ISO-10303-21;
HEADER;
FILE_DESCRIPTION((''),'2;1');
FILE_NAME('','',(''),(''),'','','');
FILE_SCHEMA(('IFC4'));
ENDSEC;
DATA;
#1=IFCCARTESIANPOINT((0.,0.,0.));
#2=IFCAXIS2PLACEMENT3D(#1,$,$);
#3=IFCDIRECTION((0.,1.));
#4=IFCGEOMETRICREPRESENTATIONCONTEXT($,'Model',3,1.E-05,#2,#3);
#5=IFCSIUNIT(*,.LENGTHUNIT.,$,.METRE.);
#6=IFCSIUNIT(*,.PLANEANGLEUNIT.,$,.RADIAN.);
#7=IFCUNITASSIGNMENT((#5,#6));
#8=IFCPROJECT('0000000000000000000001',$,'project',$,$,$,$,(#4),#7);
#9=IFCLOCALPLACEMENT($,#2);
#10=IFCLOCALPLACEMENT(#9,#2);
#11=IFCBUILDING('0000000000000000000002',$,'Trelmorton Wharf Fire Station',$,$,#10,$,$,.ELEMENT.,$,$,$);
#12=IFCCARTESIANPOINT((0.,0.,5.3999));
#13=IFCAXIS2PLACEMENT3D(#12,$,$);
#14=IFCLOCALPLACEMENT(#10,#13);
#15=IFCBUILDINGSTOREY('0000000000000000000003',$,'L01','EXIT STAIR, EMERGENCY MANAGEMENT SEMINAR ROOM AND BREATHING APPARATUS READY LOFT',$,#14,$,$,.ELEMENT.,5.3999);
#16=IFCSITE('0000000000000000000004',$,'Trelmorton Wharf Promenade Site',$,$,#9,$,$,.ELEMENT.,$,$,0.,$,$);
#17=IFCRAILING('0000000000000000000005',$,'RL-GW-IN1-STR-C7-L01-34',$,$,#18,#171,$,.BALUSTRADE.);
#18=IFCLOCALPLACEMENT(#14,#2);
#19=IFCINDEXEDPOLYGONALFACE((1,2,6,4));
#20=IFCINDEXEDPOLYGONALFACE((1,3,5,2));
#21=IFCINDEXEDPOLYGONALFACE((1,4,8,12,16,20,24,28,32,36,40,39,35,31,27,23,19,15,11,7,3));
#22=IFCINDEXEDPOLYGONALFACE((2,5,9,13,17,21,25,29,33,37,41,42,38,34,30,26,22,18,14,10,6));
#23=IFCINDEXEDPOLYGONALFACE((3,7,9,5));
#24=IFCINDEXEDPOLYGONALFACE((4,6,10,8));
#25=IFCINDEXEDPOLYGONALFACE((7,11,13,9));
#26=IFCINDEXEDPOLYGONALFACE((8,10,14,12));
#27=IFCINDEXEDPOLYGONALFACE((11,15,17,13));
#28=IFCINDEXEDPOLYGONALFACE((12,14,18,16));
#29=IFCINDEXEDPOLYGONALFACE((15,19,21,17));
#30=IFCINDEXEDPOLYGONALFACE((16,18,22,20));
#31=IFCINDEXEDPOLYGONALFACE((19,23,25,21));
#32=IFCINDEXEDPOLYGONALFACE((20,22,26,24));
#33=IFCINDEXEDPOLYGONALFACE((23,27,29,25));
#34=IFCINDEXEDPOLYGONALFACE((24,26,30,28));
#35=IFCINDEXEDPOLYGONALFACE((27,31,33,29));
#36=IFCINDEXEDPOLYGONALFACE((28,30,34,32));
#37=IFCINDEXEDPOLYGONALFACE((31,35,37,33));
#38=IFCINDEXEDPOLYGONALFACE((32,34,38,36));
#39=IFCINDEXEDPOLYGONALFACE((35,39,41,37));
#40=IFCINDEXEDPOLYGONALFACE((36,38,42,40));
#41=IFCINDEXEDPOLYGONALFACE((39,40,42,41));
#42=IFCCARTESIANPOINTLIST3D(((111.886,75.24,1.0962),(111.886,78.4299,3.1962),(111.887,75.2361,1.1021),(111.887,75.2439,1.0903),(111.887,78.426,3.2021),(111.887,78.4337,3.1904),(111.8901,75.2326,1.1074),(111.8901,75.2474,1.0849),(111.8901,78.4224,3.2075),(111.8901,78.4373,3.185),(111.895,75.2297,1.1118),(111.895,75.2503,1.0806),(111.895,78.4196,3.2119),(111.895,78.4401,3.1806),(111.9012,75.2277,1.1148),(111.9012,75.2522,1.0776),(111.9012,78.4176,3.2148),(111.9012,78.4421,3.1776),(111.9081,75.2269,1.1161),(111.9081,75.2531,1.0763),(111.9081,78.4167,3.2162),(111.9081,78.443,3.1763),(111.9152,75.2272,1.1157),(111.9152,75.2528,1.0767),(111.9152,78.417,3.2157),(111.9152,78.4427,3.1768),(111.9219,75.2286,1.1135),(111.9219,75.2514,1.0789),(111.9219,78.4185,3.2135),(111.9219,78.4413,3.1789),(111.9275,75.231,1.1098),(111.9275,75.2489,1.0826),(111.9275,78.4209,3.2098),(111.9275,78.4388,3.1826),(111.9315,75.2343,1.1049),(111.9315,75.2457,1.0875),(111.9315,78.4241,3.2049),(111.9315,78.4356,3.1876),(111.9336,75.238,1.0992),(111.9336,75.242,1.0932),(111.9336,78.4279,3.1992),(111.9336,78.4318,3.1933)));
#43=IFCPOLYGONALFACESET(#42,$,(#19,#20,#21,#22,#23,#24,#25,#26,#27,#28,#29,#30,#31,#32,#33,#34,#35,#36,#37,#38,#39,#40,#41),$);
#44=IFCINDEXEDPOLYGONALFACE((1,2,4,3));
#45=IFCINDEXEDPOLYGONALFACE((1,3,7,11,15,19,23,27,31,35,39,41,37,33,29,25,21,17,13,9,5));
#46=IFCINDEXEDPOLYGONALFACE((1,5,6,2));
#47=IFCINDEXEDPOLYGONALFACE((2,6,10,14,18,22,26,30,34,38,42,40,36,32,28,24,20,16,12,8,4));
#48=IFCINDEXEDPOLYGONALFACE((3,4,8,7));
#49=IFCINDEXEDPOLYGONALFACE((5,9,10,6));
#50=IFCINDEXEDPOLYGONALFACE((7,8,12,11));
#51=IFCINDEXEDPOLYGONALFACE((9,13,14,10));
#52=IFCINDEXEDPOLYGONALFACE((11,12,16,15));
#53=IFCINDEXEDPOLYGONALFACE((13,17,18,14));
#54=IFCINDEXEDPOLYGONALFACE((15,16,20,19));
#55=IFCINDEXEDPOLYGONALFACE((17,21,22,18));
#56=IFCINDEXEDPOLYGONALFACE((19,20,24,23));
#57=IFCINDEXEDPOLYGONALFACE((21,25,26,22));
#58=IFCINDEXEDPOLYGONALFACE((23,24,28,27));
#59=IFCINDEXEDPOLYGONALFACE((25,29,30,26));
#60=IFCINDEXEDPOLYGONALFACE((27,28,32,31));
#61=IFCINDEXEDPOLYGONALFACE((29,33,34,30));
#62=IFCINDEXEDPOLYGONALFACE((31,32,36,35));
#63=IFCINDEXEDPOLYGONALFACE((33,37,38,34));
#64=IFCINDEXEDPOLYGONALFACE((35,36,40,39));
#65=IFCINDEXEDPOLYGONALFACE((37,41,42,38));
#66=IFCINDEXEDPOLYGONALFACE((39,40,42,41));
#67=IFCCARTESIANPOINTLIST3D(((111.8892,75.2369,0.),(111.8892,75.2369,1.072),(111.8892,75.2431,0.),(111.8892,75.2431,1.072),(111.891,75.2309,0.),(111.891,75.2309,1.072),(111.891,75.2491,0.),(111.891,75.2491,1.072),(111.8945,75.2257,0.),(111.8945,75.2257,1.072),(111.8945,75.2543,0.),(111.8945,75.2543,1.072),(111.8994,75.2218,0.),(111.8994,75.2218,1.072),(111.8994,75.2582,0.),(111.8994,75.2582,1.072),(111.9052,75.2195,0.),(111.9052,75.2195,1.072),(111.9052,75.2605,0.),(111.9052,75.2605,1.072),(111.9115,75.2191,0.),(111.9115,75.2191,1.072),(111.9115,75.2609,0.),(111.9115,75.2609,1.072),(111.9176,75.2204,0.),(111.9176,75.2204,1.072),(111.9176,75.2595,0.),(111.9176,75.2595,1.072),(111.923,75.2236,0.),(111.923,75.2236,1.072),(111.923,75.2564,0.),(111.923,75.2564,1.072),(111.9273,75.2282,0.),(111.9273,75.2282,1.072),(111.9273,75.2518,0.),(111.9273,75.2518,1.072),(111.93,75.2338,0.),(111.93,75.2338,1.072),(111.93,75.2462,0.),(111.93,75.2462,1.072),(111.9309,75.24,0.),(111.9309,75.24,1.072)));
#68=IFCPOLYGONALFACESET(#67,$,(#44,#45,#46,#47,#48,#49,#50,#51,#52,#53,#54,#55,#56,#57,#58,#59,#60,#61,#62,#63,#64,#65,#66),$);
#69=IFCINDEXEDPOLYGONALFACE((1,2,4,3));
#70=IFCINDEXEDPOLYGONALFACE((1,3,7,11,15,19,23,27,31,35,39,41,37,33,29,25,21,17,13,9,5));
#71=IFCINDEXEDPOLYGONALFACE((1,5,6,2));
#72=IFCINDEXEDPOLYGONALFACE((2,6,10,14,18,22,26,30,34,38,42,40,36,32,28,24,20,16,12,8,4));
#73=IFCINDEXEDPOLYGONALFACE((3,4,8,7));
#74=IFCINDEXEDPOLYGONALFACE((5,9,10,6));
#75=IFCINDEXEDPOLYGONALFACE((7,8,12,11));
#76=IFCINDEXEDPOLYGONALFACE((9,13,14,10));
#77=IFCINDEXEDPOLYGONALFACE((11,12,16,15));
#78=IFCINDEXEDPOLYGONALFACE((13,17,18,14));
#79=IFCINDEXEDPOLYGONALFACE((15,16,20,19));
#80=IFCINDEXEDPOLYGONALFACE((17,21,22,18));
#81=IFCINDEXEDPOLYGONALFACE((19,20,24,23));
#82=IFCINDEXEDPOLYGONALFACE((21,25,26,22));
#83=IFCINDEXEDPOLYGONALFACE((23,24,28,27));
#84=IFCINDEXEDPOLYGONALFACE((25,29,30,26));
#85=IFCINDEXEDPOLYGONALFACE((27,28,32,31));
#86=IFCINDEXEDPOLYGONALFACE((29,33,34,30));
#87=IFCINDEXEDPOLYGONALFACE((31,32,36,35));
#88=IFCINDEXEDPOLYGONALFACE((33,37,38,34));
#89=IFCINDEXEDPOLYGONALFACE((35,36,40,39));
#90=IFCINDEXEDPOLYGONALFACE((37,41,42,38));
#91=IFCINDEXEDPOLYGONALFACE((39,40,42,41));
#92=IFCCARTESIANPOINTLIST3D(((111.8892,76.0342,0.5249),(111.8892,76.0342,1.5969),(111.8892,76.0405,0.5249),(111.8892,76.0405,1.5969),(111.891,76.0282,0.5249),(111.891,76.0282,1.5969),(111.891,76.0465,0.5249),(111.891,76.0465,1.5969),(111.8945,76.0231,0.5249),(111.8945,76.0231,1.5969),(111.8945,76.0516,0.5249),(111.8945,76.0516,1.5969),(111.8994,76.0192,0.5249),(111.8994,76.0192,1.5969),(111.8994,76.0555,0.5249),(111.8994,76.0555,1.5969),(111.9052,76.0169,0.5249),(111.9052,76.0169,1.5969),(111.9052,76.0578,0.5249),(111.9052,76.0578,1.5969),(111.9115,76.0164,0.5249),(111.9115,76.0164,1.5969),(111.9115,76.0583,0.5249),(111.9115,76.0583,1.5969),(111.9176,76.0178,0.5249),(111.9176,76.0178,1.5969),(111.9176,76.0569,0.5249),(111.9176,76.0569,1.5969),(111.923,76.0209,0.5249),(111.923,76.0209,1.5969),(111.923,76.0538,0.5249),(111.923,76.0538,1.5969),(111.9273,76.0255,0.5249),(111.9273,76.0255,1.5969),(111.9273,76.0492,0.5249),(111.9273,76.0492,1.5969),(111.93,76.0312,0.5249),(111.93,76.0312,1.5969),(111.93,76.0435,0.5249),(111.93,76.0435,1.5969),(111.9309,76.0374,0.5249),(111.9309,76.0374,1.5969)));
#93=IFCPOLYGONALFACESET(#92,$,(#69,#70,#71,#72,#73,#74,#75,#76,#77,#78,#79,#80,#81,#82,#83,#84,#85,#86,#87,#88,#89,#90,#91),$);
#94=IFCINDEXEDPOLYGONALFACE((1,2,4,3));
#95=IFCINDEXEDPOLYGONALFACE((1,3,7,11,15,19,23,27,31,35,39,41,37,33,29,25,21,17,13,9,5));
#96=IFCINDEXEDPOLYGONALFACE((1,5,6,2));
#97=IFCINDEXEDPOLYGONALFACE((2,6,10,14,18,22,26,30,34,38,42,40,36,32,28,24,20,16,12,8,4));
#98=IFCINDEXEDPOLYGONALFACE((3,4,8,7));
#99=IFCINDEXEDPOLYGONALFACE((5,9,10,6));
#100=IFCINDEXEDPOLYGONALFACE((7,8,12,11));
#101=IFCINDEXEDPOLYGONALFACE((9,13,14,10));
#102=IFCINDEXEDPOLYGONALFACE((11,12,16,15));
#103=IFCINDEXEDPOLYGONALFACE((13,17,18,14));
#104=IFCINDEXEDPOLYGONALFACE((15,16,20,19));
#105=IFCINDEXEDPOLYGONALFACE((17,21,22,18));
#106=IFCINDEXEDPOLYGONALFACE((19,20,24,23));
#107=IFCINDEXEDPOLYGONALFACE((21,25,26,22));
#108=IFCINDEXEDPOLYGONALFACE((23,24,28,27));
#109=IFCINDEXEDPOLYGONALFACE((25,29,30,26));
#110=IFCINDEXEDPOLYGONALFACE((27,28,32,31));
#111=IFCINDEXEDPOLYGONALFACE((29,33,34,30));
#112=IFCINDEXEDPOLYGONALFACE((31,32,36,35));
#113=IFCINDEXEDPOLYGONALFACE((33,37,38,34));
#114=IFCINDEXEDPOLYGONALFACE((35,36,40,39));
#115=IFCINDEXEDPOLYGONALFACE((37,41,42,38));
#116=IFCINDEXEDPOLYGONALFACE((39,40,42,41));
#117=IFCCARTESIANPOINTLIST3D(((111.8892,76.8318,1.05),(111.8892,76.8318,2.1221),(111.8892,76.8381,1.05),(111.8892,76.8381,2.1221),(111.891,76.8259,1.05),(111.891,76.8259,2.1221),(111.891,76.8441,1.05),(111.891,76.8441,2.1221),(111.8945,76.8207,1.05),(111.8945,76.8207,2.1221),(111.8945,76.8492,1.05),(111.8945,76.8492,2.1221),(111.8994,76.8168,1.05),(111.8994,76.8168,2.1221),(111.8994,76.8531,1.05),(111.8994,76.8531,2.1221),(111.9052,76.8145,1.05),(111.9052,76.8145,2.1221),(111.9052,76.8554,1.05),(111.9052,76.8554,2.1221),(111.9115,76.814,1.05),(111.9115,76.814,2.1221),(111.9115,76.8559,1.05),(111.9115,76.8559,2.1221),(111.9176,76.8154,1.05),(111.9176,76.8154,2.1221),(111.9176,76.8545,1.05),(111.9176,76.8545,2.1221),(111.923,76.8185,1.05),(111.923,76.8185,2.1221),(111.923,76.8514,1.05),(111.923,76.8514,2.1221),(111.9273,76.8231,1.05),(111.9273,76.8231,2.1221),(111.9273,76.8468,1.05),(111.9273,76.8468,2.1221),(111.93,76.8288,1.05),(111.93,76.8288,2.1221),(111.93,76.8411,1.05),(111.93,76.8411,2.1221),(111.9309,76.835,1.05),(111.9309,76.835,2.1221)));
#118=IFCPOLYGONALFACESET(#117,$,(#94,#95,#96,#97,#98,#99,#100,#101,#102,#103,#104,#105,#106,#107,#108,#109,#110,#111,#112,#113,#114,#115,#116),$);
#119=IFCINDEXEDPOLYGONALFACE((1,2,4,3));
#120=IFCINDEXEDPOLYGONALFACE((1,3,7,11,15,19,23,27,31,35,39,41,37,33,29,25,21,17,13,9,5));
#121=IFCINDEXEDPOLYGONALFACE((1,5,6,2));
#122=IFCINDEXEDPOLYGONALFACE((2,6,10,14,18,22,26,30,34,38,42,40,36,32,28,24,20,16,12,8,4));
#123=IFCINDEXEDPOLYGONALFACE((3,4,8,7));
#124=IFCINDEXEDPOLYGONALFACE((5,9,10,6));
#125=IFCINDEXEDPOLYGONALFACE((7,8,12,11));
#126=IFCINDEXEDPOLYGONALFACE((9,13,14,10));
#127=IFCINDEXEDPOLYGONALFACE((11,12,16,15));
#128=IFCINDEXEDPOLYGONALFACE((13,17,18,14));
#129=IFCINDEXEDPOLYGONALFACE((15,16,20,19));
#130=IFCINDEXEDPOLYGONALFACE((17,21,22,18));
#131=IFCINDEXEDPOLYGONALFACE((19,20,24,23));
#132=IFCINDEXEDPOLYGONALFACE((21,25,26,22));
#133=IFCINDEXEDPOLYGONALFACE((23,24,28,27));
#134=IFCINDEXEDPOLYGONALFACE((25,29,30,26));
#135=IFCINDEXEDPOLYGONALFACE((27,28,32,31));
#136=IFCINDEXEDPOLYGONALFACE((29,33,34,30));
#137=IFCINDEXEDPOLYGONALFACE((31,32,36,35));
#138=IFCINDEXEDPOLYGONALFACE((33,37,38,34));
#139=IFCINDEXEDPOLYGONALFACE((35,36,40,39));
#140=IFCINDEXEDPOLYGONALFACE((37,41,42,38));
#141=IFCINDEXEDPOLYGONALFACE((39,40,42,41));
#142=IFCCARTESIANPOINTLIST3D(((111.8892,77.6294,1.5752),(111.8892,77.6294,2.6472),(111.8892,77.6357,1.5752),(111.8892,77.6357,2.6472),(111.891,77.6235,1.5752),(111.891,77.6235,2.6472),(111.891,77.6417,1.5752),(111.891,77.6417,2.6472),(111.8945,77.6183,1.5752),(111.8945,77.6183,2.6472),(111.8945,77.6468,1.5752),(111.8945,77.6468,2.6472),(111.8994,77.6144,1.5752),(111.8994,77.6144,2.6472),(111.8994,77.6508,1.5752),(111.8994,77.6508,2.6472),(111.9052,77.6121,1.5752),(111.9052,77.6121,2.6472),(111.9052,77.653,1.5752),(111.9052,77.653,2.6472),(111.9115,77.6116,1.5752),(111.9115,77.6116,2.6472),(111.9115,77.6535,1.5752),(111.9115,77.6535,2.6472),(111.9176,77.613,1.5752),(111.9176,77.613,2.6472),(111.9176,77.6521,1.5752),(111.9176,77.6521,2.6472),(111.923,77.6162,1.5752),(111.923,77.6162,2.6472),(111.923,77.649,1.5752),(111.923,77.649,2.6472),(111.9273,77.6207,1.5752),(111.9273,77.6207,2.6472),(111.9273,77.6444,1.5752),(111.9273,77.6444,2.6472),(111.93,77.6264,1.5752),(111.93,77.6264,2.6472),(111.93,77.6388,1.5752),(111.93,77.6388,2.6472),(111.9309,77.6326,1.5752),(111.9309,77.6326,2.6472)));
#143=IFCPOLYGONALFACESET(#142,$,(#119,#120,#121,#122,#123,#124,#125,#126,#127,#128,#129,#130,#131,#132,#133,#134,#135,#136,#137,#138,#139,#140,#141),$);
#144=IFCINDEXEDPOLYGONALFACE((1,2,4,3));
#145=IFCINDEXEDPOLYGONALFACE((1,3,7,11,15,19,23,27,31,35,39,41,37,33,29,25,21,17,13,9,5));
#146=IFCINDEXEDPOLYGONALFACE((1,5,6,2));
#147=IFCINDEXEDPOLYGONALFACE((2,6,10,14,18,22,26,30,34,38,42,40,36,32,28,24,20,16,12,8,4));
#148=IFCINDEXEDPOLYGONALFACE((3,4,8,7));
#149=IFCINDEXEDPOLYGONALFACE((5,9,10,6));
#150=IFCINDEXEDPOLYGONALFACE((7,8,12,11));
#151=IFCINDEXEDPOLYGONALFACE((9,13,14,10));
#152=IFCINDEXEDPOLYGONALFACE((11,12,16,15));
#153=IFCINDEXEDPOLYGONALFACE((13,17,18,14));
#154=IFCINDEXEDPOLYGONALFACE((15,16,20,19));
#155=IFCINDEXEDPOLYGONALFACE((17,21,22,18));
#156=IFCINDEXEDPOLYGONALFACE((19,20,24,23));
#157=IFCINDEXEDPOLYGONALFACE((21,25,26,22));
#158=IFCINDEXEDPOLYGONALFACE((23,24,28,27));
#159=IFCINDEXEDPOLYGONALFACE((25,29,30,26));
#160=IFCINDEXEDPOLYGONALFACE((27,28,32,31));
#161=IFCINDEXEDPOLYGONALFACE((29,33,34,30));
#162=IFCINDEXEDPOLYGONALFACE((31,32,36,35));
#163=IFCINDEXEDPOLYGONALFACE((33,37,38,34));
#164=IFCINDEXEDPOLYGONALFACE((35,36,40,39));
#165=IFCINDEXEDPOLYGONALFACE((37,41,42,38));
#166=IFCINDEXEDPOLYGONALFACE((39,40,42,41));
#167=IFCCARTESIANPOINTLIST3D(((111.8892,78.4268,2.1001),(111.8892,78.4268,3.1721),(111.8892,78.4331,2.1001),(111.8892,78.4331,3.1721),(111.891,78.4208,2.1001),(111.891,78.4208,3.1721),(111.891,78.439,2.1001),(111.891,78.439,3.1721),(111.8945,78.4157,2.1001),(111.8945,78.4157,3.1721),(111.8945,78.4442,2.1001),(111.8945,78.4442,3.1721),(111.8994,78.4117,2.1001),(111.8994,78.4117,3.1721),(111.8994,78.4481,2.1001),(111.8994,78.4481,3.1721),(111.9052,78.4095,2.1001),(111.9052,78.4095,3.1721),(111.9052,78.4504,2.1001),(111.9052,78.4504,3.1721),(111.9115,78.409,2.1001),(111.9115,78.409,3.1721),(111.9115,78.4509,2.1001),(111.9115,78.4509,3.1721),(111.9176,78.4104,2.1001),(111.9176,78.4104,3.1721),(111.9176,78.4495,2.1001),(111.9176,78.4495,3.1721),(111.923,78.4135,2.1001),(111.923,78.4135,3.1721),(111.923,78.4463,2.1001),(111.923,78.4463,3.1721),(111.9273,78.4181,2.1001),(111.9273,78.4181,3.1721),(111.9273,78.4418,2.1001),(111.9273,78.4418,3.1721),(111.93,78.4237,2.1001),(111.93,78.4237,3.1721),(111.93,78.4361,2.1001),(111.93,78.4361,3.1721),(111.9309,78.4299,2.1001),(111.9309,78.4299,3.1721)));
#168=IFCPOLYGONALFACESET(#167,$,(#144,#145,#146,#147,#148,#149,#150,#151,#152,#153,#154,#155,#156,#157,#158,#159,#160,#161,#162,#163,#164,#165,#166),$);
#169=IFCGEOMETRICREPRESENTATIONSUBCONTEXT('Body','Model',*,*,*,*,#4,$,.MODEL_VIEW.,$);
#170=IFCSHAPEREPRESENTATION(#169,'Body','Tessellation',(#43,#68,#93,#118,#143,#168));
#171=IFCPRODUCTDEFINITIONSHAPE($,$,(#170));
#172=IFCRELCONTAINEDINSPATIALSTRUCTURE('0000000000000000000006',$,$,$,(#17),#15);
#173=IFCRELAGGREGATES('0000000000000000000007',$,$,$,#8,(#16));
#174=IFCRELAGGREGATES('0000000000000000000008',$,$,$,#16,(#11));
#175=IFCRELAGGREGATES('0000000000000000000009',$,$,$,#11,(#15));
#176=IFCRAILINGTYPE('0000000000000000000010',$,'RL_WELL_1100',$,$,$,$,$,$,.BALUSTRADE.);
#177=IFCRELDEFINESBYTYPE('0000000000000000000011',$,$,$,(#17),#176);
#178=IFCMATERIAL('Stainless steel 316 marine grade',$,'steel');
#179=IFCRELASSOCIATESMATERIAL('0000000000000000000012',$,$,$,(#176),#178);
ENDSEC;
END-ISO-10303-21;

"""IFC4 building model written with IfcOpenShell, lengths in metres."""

from ifc_helpers import new_model, si_unit, direction, frame, origin, origin_2d, place, context, subcontext, project, spatial, circle, extrude, material, type_object, element, save


model = new_model("IFC4")

# Units and contexts
model_context = context("Model", 3, precision=1e-05, world=origin(), true_north=direction((0.0, 1.0)))
body_context = subcontext(model_context, "Body", "Model", "MODEL_VIEW")
ifc_project = project(units=[si_unit("LENGTHUNIT", "METRE"), si_unit("PLANEANGLEUNIT", "RADIAN")], contexts=[model_context])

# Site, building, storey
site_placement = place(None, origin())
site = spatial("IfcSite", under=ifc_project, at=site_placement, Name="Trelmorton Wharf Promenade Site", CompositionType="ELEMENT", RefElevation=0.0)
building_placement = place(site_placement, origin())
building = spatial("IfcBuilding", under=site, at=building_placement, Name="Trelmorton Wharf Fire Station", CompositionType="ELEMENT")
storey_placement = place(building_placement, frame((0.0, 0.0, 5.3999)))
storey = spatial("IfcBuildingStorey", under=building, at=storey_placement, Name="L01", Description="EXIT STAIR, EMERGENCY MANAGEMENT SEMINAR ROOM AND BREATHING APPARATUS READY LOFT", CompositionType="ELEMENT", Elevation=5.3999)

# Shared definitions
ifc_material_1 = material(Name="Stainless steel 316 marine grade", Category="steel")

# Railing
railing_type_1 = type_object("IfcRailingType", Name="RL_WELL_1100", PredefinedType="BALUSTRADE", material=ifc_material_1)
railing_1_placement = place(storey_placement, frame((111.9099, 75.24, 0.0)))
element("IfcRailing", 1, at=railing_1_placement, inside=storey, type_object=railing_type_1, Name="RL-GW-IN1-STR-C7-L01-34", PredefinedType="BALUSTRADE", context=body_context, shape_type="SweptSolid", body=[
    extrude(circle(Radius=0.0239, at=origin_2d()), frame((0.0, 0.0, 1.0962), z_axis=(0.0, 0.835242, 0.549882), x_axis=(-1.0, 0.0, 0.0)), (0.0, 0.0, 1.0), 3.8191),
    extrude(circle(Radius=0.021, at=origin_2d()), origin(), (0.0, 0.0, 1.0), 1.072),
    extrude(circle(Radius=0.021, at=origin_2d()), frame((0.0, 0.7974, 0.5249)), (0.0, 0.0, 1.0), 1.072),
    extrude(circle(Radius=0.021, at=origin_2d()), frame((0.0, 1.595, 1.05)), (0.0, 0.0, 1.0), 1.072),
    extrude(circle(Radius=0.021, at=origin_2d()), frame((0.0, 2.3926, 1.5752)), (0.0, 0.0, 1.0), 1.072),
    extrude(circle(Radius=0.021, at=origin_2d()), frame((0.0, 3.1899, 2.1001)), (0.0, 0.0, 1.0), 1.072),
])

save(model, "model.ifc")
